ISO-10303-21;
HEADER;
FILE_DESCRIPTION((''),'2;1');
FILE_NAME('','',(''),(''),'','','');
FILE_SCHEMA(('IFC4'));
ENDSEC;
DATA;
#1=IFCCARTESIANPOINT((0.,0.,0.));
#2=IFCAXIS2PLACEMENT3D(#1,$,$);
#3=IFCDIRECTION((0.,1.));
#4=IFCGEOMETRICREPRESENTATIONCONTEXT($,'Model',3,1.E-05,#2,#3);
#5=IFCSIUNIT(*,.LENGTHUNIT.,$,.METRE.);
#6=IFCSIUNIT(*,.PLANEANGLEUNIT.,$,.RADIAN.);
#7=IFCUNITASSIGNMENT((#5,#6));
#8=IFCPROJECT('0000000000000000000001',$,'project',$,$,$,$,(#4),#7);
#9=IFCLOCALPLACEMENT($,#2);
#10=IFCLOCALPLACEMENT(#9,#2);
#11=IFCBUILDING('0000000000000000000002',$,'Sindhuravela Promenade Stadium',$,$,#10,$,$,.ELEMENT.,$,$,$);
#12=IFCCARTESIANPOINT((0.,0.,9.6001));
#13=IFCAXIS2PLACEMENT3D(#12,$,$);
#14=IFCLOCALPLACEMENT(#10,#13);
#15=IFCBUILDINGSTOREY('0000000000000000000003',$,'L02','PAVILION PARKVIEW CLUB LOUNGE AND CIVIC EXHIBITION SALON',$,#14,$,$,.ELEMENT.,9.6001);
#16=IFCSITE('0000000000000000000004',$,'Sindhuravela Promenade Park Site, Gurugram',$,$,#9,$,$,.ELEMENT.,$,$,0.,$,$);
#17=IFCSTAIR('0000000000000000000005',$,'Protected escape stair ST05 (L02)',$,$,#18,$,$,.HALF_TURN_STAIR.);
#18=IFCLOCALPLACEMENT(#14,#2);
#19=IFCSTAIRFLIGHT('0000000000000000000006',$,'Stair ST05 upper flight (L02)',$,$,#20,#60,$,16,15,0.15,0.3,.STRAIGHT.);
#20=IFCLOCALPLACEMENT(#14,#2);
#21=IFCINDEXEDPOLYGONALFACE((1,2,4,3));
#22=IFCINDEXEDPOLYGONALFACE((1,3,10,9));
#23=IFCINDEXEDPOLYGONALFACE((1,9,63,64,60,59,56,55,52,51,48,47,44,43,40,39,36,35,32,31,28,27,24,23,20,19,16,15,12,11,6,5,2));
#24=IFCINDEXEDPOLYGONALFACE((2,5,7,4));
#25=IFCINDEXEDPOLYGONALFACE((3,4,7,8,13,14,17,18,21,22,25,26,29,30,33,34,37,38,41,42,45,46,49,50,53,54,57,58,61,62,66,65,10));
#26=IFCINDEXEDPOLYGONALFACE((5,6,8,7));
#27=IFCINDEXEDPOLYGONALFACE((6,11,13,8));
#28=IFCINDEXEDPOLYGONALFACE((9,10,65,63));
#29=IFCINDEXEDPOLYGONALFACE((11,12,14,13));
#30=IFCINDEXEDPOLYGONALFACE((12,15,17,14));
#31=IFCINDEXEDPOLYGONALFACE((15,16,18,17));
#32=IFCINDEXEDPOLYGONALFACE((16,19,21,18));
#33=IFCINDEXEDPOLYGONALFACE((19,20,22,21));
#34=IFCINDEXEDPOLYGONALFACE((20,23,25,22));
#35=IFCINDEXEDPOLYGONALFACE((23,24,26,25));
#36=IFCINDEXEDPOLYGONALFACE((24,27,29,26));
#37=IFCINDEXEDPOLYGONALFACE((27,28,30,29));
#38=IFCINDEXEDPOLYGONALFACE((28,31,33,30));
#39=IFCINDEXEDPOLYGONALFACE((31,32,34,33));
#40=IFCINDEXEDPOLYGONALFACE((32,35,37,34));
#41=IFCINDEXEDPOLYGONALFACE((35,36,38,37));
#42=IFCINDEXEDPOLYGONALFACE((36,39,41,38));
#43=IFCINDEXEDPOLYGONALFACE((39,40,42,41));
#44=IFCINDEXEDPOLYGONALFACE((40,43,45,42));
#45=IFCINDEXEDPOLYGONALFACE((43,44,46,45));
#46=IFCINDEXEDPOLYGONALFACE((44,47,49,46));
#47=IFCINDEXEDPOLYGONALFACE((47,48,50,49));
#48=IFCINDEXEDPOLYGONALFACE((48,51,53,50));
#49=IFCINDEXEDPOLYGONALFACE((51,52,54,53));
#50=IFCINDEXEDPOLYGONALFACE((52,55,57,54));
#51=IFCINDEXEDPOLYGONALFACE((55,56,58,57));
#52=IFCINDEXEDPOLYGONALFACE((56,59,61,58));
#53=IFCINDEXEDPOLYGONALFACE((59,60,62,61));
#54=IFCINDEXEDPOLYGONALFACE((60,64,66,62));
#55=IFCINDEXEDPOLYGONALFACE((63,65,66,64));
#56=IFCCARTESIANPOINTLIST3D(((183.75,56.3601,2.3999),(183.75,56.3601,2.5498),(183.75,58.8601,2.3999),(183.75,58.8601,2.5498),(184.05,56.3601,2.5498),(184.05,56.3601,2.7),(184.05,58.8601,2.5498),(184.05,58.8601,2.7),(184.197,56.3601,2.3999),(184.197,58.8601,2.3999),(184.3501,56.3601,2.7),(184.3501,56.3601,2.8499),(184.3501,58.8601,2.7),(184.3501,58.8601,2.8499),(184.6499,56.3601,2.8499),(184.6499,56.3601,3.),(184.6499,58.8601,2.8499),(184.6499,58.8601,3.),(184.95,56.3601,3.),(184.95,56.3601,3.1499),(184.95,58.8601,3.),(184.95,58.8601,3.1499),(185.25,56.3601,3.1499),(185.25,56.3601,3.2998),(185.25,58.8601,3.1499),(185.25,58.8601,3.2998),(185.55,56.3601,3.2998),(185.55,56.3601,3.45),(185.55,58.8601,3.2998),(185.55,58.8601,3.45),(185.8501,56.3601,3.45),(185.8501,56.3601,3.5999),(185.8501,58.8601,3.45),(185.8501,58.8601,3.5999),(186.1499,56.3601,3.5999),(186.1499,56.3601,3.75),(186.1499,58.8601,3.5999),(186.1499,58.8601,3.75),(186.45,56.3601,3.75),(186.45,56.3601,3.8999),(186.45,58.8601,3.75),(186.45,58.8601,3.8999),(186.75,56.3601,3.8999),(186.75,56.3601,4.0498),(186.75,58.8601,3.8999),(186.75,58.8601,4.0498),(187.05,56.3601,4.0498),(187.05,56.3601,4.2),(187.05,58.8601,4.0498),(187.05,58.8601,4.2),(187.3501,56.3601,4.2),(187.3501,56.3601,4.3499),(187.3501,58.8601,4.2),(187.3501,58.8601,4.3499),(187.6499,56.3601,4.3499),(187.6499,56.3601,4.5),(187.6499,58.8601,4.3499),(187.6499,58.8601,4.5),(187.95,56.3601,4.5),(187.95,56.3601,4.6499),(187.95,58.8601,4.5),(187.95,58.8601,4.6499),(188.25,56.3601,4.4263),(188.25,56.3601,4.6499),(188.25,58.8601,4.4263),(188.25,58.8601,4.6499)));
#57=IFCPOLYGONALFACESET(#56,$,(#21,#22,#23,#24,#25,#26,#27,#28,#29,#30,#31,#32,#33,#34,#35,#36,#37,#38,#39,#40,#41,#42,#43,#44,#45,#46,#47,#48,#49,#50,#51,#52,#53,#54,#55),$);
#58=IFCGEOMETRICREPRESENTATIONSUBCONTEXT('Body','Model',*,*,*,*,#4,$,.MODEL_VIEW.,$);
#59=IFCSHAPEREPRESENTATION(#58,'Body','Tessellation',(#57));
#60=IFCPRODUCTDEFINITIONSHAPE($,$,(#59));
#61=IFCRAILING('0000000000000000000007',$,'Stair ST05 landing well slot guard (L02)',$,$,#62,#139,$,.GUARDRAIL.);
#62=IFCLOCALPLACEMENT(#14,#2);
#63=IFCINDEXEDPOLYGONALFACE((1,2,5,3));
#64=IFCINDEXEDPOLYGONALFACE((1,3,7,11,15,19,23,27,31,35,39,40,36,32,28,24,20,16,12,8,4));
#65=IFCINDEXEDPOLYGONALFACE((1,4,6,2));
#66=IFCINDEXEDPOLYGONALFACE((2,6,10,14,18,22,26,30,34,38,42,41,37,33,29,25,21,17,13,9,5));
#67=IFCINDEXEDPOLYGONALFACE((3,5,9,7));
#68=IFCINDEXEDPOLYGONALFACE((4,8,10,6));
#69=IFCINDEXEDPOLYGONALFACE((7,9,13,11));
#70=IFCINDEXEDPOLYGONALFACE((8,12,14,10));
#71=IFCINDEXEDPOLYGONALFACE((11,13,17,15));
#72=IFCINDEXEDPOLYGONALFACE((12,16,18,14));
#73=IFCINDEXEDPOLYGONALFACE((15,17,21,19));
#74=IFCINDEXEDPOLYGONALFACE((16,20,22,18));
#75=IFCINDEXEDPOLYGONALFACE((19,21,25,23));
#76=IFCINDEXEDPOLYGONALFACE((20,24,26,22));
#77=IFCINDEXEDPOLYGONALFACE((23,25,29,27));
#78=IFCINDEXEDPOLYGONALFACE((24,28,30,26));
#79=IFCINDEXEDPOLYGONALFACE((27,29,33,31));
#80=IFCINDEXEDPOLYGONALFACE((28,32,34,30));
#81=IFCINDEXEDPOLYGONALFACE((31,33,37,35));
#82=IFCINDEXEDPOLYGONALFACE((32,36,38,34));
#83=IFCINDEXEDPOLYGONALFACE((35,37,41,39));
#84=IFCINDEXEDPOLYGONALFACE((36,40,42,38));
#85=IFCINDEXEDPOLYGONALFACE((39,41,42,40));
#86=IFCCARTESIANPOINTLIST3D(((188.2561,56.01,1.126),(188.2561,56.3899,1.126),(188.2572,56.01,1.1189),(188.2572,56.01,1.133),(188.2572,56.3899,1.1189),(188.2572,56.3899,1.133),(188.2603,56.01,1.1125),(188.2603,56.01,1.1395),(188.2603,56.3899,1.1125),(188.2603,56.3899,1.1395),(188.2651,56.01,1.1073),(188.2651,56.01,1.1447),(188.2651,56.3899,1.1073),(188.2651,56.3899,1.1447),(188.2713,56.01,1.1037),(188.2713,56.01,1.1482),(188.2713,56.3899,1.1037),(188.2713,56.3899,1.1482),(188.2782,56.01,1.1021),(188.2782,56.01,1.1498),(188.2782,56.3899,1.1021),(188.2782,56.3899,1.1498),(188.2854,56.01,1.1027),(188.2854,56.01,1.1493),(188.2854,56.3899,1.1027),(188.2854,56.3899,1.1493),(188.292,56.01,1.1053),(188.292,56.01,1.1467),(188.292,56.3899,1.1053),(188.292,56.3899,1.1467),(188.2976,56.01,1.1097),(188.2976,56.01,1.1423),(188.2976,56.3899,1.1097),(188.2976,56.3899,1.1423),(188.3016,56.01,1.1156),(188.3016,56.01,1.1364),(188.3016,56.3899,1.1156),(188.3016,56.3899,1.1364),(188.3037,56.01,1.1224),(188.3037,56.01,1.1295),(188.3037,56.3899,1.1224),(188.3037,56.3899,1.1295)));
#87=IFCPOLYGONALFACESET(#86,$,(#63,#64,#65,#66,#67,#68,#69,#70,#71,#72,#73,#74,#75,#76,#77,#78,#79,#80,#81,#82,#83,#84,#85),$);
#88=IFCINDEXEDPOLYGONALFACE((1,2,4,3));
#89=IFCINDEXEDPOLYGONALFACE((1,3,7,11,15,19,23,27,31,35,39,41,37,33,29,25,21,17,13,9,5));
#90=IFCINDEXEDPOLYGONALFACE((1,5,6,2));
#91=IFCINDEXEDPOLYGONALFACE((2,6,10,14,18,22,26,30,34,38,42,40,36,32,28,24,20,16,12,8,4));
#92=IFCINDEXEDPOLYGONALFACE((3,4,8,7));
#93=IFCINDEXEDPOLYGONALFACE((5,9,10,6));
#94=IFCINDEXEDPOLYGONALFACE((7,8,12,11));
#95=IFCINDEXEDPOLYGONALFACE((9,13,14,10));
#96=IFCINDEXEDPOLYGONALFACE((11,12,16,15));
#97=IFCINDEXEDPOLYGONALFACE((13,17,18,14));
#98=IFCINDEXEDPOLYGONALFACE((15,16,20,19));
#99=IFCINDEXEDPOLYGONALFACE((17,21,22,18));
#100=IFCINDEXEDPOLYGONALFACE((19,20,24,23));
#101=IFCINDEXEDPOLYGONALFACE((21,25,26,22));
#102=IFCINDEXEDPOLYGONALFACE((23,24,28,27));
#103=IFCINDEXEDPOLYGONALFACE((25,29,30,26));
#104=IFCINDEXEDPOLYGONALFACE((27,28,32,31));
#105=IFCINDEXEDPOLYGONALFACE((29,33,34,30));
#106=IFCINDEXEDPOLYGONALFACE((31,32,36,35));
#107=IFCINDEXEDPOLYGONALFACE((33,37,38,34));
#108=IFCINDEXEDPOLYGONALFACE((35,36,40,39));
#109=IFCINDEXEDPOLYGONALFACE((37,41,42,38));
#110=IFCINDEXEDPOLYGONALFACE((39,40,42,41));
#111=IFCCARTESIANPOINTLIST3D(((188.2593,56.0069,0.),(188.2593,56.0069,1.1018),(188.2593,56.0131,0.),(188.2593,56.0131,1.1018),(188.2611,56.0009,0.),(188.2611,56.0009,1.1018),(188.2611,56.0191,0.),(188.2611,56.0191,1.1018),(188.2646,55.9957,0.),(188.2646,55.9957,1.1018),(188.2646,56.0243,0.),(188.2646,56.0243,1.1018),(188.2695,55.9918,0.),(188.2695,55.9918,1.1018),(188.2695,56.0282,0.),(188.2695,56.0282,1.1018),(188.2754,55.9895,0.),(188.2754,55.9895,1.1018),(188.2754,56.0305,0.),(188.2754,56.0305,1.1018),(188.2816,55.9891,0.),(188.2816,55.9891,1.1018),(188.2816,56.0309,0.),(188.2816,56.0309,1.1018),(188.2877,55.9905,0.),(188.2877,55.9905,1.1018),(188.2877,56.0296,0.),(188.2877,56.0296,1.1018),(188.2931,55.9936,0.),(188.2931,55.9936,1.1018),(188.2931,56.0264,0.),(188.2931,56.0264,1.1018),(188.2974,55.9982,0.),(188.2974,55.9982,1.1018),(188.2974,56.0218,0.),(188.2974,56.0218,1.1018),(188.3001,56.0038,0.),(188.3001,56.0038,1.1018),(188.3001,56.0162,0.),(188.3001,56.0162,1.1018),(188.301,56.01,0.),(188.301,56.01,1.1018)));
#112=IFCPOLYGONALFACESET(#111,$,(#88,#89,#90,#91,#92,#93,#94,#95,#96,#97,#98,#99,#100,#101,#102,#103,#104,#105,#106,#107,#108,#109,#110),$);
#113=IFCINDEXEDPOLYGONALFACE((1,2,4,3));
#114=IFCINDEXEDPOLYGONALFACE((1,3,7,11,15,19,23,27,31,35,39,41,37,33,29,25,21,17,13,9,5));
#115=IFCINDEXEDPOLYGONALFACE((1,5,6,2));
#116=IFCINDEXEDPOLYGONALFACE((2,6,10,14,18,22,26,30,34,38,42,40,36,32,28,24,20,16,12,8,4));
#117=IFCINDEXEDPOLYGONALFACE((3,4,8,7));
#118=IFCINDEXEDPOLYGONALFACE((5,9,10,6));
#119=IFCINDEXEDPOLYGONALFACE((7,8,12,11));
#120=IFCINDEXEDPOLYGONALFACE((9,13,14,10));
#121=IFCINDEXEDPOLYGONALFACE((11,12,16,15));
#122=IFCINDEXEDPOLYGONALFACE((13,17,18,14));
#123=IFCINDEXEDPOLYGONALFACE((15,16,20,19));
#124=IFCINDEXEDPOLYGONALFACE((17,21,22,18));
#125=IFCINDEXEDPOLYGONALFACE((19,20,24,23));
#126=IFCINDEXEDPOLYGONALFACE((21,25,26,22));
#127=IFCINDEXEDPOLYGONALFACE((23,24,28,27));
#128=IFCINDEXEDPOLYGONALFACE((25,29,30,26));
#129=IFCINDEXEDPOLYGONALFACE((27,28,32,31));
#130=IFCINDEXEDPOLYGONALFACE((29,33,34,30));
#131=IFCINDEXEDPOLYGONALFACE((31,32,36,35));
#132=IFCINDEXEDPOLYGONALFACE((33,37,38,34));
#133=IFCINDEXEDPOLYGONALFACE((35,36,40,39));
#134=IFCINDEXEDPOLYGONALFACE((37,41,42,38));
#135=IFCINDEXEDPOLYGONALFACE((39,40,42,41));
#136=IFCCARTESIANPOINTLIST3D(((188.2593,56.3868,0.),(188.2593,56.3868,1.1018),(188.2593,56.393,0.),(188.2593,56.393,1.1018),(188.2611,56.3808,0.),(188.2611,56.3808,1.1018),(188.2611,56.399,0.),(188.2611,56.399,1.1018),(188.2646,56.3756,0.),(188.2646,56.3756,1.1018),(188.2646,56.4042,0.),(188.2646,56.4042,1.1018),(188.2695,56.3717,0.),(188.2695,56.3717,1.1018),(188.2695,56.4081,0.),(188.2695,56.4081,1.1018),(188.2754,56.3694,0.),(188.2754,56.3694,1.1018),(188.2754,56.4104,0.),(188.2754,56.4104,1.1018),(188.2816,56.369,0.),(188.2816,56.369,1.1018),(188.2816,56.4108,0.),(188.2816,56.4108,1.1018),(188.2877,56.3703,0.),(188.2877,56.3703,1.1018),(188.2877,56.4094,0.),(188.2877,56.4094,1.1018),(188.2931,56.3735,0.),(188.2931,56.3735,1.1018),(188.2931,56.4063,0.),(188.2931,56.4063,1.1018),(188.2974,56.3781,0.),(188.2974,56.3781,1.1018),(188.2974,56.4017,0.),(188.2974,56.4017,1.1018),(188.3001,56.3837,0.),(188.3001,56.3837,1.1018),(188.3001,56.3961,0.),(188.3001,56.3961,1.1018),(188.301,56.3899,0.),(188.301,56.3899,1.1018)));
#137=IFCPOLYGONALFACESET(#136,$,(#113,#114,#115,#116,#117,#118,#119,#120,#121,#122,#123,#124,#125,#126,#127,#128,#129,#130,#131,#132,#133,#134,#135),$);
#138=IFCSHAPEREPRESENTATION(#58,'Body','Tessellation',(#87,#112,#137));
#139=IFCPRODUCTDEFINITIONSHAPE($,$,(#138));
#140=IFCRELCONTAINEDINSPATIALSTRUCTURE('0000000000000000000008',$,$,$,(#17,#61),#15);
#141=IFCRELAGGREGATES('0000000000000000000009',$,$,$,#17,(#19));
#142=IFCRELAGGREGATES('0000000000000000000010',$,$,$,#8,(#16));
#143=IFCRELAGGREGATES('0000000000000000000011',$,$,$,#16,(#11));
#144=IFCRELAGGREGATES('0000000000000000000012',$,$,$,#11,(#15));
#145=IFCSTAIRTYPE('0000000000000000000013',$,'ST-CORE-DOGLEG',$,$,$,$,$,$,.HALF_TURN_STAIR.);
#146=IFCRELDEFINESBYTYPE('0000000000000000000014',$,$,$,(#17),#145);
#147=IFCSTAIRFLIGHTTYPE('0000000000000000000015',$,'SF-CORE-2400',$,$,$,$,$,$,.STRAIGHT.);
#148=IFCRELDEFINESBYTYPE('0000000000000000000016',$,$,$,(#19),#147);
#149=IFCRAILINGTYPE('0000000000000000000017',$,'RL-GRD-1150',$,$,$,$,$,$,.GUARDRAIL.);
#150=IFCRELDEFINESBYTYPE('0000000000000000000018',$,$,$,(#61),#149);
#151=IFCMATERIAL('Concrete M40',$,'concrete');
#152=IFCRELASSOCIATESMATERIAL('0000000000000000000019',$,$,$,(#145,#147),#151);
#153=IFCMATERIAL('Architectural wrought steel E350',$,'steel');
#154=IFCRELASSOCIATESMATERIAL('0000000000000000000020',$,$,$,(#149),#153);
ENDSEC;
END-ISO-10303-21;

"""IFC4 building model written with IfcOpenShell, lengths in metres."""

from ifc_helpers import new_model, si_unit, direction, frame, origin, origin_2d, place, context, subcontext, project, spatial, polyline, circle, outline, extrude, material, type_object, element, aggregate, save


model = new_model("IFC4")

# Units and contexts
model_context = context("Model", 3, precision=1e-05, world=origin(), true_north=direction((0.0, 1.0)))
body_context = subcontext(model_context, "Body", "Model", "MODEL_VIEW")
ifc_project = project(units=[si_unit("LENGTHUNIT", "METRE"), si_unit("PLANEANGLEUNIT", "RADIAN")], contexts=[model_context])

# Site, building, storey
site_placement = place(None, origin())
site = spatial("IfcSite", under=ifc_project, at=site_placement, Name="Sindhuravela Promenade Park Site, Gurugram", CompositionType="ELEMENT", RefElevation=0.0)
building_placement = place(site_placement, origin())
building = spatial("IfcBuilding", under=site, at=building_placement, Name="Sindhuravela Promenade Stadium", CompositionType="ELEMENT")
storey_placement = place(building_placement, frame((0.0, 0.0, 9.6001)))
storey = spatial("IfcBuildingStorey", under=building, at=storey_placement, Name="L02", Description="PAVILION PARKVIEW CLUB LOUNGE AND CIVIC EXHIBITION SALON", CompositionType="ELEMENT", Elevation=9.6001)

# Shared definitions
ifc_material_1 = material(Name="Concrete M40", Category="concrete")

# Shared definitions
ifc_material_2 = material(Name="Architectural wrought steel E350", Category="steel")

# Stair, stair flight
stair_type = type_object("IfcStairType", Name="ST-CORE-DOGLEG", PredefinedType="HALF_TURN_STAIR", material=ifc_material_1)
stair_placement = place(storey_placement, origin())
stair = element("IfcStair", 1, at=stair_placement, inside=storey, type_object=stair_type, Name="Protected escape stair ST05 (L02)", PredefinedType="HALF_TURN_STAIR")
stair_flight_type = type_object("IfcStairFlightType", Name="SF-CORE-2400", PredefinedType="STRAIGHT", material=ifc_material_1)
stair_flight_1_placement = place(storey_placement, frame((183.75, 57.6101, 2.3999), z_axis=(0.0, 0.0, 1.0), x_axis=(1.0, 0.0, 0.0)))
stair_flight_1 = element("IfcStairFlight", 2, at=stair_flight_1_placement, type_object=stair_flight_type, Name="Stair ST05 upper flight (L02)", NumberOfRisers=16, NumberOfTreads=15, PredefinedType="STRAIGHT", RiserHeight=0.15, TreadLength=0.3, context=body_context, shape_type="SweptSolid", body=[
    extrude(outline(polyline([(0.0, 0.0), (0.0, 0.1499), (0.3, 0.1499), (0.3, 0.3), (0.6001, 0.3), (0.6001, 0.45), (0.8999, 0.45), (0.8999, 0.6001), (1.2, 0.6001), (1.2, 0.75), (1.5, 0.75), (1.5, 0.8999), (1.8, 0.8999), (1.8, 1.05), (2.1001, 1.05), (2.1001, 1.2), (2.3999, 1.2), (2.3999, 1.3501), (2.7, 1.3501), (2.7, 1.5), (3.0, 1.5), (3.0, 1.6499), (3.3, 1.6499), (3.3, 1.8), (3.6001, 1.8), (3.6001, 1.95), (3.8999, 1.95), (3.8999, 2.1001), (4.2, 2.1001), (4.2, 2.25), (4.5, 2.25), (4.5, 2.3999), (4.5, 2.0264), (0.447, 0.0), (0.0, 0.0)])), frame((0.0, 1.25, 0.0), z_axis=(0.0, -1.0, 0.0), x_axis=(1.0, 0.0, 0.0)), (0.0, 0.0, 1.0), 2.5),
])
aggregate(stair, [stair_flight_1])

# Railing
railing_type_1 = type_object("IfcRailingType", Name="RL-GRD-1150", PredefinedType="GUARDRAIL", material=ifc_material_2)
railing_1_placement = place(storey_placement, frame((188.28, 56.01, 0.0)))
element("IfcRailing", 3, at=railing_1_placement, inside=storey, type_object=railing_type_1, Name="Stair ST05 landing well slot guard (L02)", PredefinedType="GUARDRAIL", context=body_context, shape_type="SweptSolid", body=[
    extrude(circle(Radius=0.0239, at=origin_2d()), frame((0.0, 0.0, 1.126), z_axis=(0.0, 1.0, 0.0), x_axis=(-1.0, 0.0, 0.0)), (0.0, 0.0, 1.0), 0.3799),
    extrude(circle(Radius=0.021, at=origin_2d()), origin(), (0.0, 0.0, 1.0), 1.1018),
    extrude(circle(Radius=0.021, at=origin_2d()), frame((0.0, 0.3799, 0.0)), (0.0, 0.0, 1.0), 1.1018),
])

save(model, "model.ifc")
